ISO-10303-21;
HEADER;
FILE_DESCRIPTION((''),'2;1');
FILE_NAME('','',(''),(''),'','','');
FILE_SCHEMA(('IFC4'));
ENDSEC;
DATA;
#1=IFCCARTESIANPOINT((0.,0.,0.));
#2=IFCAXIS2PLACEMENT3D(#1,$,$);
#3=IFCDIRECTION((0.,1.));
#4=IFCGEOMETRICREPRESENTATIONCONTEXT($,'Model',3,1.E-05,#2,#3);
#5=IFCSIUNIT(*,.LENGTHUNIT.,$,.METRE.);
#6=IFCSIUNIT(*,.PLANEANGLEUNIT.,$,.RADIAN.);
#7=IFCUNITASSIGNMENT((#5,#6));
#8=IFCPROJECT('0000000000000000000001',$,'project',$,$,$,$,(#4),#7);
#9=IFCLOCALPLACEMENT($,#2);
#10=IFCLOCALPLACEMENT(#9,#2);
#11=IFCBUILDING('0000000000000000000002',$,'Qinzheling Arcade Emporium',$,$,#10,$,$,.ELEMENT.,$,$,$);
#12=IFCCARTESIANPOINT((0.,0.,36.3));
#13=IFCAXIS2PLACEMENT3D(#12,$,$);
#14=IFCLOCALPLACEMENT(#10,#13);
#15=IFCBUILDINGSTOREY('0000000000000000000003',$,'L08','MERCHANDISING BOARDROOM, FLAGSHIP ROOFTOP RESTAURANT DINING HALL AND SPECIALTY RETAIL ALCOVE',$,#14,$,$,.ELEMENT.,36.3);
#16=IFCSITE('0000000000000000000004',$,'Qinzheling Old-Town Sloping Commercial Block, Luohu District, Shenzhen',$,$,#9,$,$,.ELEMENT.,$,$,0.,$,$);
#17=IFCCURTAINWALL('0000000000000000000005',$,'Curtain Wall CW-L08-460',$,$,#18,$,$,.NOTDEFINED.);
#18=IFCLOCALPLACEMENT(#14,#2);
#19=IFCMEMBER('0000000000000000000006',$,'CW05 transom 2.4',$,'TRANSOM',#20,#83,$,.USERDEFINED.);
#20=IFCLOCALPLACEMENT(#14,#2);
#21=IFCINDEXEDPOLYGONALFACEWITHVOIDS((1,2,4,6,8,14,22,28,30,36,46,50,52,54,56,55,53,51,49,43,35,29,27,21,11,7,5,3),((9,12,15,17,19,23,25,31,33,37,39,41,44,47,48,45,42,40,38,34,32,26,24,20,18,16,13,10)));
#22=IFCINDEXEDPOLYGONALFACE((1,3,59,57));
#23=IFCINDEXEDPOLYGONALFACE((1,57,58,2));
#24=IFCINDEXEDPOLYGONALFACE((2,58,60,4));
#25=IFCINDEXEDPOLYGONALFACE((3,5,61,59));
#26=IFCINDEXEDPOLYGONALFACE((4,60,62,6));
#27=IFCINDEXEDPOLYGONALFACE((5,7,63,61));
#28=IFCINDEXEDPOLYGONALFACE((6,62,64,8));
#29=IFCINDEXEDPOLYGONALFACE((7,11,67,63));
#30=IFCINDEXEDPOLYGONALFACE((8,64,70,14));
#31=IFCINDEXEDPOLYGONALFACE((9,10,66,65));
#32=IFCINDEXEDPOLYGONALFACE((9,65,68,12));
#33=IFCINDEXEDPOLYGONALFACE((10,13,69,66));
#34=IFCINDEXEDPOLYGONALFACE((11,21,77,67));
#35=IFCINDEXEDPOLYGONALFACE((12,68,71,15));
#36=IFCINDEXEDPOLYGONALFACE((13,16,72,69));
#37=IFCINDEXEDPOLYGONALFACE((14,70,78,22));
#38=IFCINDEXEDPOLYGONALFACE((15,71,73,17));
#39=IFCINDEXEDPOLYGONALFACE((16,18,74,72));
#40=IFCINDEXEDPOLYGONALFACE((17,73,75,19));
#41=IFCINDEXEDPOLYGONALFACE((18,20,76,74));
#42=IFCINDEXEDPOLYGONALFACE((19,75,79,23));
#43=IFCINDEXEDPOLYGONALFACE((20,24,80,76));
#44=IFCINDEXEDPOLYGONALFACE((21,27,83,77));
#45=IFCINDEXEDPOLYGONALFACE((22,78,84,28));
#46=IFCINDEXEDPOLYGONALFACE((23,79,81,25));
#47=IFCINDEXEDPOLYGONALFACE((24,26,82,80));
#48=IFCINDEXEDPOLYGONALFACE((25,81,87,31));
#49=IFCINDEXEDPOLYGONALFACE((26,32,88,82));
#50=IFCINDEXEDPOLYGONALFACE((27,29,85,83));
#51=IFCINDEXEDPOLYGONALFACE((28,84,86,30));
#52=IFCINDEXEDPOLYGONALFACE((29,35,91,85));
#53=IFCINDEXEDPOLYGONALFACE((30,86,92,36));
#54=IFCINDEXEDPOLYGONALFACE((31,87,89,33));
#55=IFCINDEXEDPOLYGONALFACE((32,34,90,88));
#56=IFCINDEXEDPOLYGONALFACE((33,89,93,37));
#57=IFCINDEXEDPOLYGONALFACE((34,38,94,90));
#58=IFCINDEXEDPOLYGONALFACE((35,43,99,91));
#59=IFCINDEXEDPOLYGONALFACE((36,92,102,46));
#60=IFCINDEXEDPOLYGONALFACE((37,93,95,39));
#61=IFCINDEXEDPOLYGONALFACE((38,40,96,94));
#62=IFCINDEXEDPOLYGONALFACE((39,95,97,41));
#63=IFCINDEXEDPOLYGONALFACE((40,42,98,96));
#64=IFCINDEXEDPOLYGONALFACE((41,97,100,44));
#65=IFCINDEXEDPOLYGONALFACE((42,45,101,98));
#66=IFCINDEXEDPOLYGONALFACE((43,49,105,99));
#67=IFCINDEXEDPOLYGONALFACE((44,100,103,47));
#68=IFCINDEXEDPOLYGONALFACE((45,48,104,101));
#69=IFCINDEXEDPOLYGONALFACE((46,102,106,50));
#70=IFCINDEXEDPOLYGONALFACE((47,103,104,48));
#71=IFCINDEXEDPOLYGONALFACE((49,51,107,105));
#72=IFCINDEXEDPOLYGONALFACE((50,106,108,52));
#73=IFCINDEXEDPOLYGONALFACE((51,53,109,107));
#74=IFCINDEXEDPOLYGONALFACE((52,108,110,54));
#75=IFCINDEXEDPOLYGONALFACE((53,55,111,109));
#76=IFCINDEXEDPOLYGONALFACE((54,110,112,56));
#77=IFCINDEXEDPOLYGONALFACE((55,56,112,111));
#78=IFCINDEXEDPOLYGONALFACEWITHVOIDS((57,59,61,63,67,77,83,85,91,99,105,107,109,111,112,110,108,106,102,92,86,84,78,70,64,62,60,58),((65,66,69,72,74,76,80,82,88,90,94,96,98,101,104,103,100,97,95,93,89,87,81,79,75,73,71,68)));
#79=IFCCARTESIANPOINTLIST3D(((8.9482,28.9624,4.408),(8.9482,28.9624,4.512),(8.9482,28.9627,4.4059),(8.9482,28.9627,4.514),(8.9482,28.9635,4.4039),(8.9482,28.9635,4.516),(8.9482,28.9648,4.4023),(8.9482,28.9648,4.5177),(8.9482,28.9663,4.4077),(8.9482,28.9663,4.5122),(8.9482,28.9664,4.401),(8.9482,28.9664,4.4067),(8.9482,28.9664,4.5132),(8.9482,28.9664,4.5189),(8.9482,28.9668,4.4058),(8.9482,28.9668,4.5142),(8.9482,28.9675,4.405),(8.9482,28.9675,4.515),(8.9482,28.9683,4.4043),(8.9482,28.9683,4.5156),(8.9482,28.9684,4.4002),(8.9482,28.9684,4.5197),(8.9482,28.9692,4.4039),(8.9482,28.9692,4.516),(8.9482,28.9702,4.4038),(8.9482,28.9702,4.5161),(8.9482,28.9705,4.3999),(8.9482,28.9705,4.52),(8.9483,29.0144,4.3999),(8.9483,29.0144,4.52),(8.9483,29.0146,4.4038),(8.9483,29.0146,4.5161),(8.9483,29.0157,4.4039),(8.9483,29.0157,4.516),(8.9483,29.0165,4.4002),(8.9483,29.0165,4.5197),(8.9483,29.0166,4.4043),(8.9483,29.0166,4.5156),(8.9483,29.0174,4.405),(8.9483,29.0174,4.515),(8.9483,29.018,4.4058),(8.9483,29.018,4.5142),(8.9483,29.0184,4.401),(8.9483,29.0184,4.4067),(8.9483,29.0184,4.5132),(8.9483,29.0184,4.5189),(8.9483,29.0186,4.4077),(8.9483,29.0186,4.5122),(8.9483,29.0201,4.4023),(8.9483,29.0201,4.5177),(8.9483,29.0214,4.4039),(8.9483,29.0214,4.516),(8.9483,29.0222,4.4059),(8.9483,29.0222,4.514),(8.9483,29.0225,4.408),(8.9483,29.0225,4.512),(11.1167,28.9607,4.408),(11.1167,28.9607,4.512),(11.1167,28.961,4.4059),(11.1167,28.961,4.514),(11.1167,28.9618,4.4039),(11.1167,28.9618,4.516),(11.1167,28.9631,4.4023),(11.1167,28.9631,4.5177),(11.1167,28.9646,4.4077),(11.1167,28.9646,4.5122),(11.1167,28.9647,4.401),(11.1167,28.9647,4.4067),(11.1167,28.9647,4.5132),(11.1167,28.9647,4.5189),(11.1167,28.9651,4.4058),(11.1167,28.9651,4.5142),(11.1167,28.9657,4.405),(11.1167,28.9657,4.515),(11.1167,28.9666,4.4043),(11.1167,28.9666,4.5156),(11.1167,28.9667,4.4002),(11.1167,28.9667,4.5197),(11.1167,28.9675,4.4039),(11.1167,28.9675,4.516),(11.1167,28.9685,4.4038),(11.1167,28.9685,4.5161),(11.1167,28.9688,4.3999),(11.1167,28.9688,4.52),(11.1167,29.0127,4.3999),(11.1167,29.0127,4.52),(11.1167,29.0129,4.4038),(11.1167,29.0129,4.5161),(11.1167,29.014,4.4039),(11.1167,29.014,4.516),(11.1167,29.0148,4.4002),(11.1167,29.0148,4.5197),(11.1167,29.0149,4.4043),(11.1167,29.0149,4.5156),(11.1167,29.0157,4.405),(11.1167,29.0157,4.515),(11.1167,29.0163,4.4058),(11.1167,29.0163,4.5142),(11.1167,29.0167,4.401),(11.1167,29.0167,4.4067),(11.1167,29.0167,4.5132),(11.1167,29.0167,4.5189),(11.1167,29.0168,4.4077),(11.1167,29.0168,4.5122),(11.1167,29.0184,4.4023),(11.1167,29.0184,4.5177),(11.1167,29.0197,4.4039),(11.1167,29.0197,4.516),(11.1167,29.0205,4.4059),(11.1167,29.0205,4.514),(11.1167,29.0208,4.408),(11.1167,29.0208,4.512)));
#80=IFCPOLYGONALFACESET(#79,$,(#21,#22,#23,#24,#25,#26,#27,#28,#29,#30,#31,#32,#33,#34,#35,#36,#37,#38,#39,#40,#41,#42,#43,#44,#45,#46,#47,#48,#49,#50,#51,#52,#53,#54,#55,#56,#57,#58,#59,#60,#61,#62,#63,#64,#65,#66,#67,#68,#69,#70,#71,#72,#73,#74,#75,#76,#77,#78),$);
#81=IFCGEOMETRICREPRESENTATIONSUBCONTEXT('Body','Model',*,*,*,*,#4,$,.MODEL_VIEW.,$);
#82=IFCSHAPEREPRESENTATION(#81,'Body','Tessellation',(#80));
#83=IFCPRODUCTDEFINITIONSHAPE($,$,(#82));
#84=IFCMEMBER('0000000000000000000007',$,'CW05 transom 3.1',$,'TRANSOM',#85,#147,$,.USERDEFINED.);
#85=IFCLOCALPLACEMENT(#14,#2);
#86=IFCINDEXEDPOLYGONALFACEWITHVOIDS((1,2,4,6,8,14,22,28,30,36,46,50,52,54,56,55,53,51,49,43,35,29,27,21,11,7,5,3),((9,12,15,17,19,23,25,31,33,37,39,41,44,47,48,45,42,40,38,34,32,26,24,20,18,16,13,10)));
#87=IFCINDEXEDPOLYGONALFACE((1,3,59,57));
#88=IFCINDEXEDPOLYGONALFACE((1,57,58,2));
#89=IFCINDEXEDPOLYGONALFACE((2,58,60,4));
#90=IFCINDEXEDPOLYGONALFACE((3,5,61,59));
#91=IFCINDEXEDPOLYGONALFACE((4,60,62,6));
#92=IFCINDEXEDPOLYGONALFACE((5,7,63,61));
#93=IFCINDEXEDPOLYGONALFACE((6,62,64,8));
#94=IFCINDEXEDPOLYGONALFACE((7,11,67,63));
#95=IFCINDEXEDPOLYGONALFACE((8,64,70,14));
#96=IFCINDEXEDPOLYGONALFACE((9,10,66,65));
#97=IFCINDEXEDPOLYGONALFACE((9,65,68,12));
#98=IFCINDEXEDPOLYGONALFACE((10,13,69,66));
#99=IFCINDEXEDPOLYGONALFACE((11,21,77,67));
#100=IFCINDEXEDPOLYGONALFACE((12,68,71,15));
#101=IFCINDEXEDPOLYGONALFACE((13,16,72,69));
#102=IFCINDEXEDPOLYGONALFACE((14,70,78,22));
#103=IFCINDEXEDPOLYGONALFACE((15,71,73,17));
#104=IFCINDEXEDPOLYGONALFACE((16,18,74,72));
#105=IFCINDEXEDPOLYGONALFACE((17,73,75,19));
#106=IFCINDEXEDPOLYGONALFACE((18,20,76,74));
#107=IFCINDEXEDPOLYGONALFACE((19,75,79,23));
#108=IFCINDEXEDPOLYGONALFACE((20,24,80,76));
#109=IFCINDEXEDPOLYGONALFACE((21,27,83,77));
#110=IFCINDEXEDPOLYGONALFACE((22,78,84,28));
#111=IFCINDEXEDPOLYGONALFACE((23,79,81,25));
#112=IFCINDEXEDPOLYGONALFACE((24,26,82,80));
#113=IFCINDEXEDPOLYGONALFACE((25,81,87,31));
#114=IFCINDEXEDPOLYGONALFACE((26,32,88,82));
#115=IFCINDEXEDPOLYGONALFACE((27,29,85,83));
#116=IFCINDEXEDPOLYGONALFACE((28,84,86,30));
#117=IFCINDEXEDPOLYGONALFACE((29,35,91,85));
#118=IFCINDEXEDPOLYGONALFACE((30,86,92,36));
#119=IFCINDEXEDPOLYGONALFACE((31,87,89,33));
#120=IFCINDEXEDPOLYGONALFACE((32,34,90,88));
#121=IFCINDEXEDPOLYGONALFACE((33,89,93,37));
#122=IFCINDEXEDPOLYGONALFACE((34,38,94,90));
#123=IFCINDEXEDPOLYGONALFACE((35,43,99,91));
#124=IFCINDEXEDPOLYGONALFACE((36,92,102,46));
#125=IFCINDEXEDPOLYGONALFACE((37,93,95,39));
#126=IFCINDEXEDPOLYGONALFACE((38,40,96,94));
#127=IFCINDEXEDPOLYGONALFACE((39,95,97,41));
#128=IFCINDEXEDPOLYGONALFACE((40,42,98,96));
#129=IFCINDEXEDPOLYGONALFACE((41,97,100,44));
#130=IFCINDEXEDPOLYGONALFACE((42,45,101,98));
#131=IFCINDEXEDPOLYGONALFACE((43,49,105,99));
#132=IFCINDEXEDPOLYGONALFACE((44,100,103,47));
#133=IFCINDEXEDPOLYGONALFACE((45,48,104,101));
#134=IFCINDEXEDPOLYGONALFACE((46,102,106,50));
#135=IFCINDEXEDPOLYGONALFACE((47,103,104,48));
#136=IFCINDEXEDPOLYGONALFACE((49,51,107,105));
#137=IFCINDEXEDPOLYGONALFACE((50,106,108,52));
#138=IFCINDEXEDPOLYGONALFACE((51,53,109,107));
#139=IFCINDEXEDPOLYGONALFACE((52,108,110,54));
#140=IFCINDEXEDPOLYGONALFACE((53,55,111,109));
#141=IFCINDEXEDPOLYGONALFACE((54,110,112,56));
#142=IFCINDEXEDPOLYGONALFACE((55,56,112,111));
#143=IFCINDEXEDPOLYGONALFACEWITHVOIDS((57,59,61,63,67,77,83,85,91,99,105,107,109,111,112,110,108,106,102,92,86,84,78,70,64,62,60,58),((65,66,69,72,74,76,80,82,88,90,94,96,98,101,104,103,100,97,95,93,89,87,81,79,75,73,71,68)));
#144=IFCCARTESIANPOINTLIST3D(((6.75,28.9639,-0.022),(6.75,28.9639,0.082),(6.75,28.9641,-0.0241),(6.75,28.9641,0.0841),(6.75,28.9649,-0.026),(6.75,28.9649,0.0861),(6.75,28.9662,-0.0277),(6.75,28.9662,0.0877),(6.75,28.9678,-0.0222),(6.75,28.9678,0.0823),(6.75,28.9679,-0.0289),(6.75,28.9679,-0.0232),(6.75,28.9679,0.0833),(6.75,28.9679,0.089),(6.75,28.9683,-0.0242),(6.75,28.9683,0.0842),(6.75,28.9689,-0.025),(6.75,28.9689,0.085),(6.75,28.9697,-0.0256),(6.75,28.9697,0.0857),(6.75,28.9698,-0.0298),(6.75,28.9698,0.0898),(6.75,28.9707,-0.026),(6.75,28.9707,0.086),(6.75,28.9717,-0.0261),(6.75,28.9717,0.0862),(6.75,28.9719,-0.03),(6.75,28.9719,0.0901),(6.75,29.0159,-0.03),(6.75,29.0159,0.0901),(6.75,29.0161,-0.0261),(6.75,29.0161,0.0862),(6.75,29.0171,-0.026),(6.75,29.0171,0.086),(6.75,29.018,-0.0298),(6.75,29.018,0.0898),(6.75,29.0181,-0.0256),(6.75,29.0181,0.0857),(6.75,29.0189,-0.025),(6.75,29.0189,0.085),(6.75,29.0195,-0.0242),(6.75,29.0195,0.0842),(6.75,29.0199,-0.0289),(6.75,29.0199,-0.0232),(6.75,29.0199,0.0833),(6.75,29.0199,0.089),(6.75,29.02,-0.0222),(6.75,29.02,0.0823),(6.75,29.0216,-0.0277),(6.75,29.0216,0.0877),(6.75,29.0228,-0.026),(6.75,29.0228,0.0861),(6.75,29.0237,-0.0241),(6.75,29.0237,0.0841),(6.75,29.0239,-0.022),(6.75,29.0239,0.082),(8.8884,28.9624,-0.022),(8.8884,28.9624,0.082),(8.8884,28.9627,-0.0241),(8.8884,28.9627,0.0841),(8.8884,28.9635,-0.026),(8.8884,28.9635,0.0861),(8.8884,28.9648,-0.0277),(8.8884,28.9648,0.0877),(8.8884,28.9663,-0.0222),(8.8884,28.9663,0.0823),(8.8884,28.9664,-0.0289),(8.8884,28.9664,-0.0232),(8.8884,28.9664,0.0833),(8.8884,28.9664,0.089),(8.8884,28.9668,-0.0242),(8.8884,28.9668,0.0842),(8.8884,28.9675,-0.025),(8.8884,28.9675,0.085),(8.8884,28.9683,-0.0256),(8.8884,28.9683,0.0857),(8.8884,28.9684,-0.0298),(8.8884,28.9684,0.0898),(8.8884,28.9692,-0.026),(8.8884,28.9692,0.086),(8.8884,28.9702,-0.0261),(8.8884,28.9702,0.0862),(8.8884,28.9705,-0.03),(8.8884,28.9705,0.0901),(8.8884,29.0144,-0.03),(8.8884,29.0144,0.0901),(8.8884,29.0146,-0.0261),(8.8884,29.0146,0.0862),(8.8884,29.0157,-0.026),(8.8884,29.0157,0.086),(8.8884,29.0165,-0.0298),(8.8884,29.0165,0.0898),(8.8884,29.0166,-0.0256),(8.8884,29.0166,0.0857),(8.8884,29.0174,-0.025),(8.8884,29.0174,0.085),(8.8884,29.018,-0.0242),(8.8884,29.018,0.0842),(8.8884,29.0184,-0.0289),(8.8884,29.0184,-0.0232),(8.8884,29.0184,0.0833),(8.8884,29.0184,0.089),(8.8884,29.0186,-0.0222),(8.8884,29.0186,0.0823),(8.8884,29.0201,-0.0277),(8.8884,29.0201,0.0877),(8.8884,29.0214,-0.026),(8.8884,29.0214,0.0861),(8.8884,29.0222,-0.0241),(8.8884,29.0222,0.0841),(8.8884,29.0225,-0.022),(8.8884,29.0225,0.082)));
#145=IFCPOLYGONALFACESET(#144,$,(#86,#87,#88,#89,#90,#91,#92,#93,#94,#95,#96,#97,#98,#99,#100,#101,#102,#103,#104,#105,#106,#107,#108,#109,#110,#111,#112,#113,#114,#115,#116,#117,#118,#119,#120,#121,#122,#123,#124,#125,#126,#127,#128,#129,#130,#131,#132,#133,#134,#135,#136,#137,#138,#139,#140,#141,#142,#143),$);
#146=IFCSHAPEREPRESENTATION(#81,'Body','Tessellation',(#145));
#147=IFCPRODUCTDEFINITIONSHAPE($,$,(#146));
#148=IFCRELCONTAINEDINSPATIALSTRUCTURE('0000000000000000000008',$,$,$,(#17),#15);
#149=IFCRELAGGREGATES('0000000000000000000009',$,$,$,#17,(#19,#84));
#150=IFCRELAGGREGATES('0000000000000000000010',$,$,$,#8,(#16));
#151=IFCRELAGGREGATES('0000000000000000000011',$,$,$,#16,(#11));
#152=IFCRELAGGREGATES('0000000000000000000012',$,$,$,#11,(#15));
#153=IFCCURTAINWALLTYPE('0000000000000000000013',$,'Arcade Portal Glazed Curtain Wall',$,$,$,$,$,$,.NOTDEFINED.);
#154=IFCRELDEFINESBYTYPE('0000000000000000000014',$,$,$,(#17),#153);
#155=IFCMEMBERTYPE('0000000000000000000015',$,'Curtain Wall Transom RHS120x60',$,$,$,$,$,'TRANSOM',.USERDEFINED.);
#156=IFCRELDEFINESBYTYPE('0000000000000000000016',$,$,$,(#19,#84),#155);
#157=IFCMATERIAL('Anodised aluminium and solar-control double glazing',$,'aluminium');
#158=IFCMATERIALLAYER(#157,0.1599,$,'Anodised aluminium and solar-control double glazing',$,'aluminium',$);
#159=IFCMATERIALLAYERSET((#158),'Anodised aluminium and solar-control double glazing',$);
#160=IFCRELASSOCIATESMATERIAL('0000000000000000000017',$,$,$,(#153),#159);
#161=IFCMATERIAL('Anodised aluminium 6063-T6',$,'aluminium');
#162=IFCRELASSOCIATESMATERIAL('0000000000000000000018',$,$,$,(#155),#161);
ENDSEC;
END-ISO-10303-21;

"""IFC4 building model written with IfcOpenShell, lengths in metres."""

from ifc_helpers import new_model, si_unit, direction, frame, origin, origin_2d, place, context, subcontext, project, spatial, hollow_rectangle, extrude, material, layer, layer_set, material_profile, profile_set, type_object, element, aggregate, save


model = new_model("IFC4")

# Units and contexts
model_context = context("Model", 3, precision=1e-05, world=origin(), true_north=direction((0.0, 1.0)))
body_context = subcontext(model_context, "Body", "Model", "MODEL_VIEW")
ifc_project = project(units=[si_unit("LENGTHUNIT", "METRE"), si_unit("PLANEANGLEUNIT", "RADIAN")], contexts=[model_context])

# Site, building, storey
site_placement = place(None, origin())
site = spatial("IfcSite", under=ifc_project, at=site_placement, Name="Qinzheling Old-Town Sloping Commercial Block, Luohu District, Shenzhen", CompositionType="ELEMENT", RefElevation=0.0)
building_placement = place(site_placement, origin())
building = spatial("IfcBuilding", under=site, at=building_placement, Name="Qinzheling Arcade Emporium", CompositionType="ELEMENT")
storey_placement = place(building_placement, frame((0.0, 0.0, 36.3)))
storey = spatial("IfcBuildingStorey", under=building, at=storey_placement, Name="L08", Description="MERCHANDISING BOARDROOM, FLAGSHIP ROOFTOP RESTAURANT DINING HALL AND SPECIALTY RETAIL ALCOVE", CompositionType="ELEMENT", Elevation=36.3)

# Shared definitions
ifc_material_1 = material(Name="Anodised aluminium and solar-control double glazing", Category="aluminium")
ifc_layer_1 = layer(ifc_material_1, 0.1599, Name="Anodised aluminium and solar-control double glazing", Category="aluminium")
ifc_layer_set_1 = layer_set([ifc_layer_1], Name="Anodised aluminium and solar-control double glazing")
curtain_wall_type = type_object("IfcCurtainWallType", Name="Arcade Portal Glazed Curtain Wall", PredefinedType="NOTDEFINED", material=ifc_layer_set_1)
ifc_material_2 = material(Name="Anodised aluminium 6063-T6", Category="aluminium")

# Curtain wall
curtain_wall_1_placement = place(storey_placement, origin())
curtain_wall_1 = element("IfcCurtainWall", 1, at=curtain_wall_1_placement, inside=storey, type_object=curtain_wall_type, Name="Curtain Wall CW-L08-460", PredefinedType="NOTDEFINED")

# Members
ifc_material_profile_1 = material_profile(ifc_material_2, hollow_rectangle(XDim=0.0601, YDim=0.1201, WallThickness=0.0039, InnerFilletRadius=0.0039, OuterFilletRadius=0.0081, at=origin_2d()), Name="RHS 120x60x4", Category="aluminium")
ifc_profile_set_1 = profile_set([ifc_material_profile_1], Name="Anodised aluminium 6063-T6")
member_type_1 = type_object("IfcMemberType", Name="Curtain Wall Transom RHS120x60", ElementType="TRANSOM", PredefinedType="USERDEFINED", material=ifc_profile_set_1)
member_1_placement = place(storey_placement, frame((11.1167, 28.9907, 4.46), z_axis=(-1.0, 0.000788, 0.0), x_axis=(-0.000788, -1.0, 0.0)))
member_1 = element("IfcMember", 2, at=member_1_placement, type_object=member_type_1, Name="CW05 transom 2.4", ObjectType="TRANSOM", PredefinedType="USERDEFINED", context=body_context, shape_type="SweptSolid", body=[
    extrude(hollow_rectangle(XDim=0.0601, YDim=0.1201, WallThickness=0.0039, InnerFilletRadius=0.0039, OuterFilletRadius=0.0081, at=origin_2d()), origin(), (0.0, 0.0, 1.0), 2.1685),
])
member_2_placement = place(storey_placement, frame((8.8884, 28.9924, 0.03), z_axis=(-1.0, 0.000685, 0.0), x_axis=(-0.000685, -1.0, 0.0)))
member_2 = element("IfcMember", 3, at=member_2_placement, type_object=member_type_1, Name="CW05 transom 3.1", ObjectType="TRANSOM", PredefinedType="USERDEFINED", context=body_context, shape_type="SweptSolid", body=[
    extrude(hollow_rectangle(XDim=0.0601, YDim=0.1201, WallThickness=0.0039, InnerFilletRadius=0.0039, OuterFilletRadius=0.0081, at=origin_2d()), origin(), (0.0, 0.0, 1.0), 2.1384),
])

aggregate(curtain_wall_1, [member_1, member_2])

save(model, "model.ifc")
